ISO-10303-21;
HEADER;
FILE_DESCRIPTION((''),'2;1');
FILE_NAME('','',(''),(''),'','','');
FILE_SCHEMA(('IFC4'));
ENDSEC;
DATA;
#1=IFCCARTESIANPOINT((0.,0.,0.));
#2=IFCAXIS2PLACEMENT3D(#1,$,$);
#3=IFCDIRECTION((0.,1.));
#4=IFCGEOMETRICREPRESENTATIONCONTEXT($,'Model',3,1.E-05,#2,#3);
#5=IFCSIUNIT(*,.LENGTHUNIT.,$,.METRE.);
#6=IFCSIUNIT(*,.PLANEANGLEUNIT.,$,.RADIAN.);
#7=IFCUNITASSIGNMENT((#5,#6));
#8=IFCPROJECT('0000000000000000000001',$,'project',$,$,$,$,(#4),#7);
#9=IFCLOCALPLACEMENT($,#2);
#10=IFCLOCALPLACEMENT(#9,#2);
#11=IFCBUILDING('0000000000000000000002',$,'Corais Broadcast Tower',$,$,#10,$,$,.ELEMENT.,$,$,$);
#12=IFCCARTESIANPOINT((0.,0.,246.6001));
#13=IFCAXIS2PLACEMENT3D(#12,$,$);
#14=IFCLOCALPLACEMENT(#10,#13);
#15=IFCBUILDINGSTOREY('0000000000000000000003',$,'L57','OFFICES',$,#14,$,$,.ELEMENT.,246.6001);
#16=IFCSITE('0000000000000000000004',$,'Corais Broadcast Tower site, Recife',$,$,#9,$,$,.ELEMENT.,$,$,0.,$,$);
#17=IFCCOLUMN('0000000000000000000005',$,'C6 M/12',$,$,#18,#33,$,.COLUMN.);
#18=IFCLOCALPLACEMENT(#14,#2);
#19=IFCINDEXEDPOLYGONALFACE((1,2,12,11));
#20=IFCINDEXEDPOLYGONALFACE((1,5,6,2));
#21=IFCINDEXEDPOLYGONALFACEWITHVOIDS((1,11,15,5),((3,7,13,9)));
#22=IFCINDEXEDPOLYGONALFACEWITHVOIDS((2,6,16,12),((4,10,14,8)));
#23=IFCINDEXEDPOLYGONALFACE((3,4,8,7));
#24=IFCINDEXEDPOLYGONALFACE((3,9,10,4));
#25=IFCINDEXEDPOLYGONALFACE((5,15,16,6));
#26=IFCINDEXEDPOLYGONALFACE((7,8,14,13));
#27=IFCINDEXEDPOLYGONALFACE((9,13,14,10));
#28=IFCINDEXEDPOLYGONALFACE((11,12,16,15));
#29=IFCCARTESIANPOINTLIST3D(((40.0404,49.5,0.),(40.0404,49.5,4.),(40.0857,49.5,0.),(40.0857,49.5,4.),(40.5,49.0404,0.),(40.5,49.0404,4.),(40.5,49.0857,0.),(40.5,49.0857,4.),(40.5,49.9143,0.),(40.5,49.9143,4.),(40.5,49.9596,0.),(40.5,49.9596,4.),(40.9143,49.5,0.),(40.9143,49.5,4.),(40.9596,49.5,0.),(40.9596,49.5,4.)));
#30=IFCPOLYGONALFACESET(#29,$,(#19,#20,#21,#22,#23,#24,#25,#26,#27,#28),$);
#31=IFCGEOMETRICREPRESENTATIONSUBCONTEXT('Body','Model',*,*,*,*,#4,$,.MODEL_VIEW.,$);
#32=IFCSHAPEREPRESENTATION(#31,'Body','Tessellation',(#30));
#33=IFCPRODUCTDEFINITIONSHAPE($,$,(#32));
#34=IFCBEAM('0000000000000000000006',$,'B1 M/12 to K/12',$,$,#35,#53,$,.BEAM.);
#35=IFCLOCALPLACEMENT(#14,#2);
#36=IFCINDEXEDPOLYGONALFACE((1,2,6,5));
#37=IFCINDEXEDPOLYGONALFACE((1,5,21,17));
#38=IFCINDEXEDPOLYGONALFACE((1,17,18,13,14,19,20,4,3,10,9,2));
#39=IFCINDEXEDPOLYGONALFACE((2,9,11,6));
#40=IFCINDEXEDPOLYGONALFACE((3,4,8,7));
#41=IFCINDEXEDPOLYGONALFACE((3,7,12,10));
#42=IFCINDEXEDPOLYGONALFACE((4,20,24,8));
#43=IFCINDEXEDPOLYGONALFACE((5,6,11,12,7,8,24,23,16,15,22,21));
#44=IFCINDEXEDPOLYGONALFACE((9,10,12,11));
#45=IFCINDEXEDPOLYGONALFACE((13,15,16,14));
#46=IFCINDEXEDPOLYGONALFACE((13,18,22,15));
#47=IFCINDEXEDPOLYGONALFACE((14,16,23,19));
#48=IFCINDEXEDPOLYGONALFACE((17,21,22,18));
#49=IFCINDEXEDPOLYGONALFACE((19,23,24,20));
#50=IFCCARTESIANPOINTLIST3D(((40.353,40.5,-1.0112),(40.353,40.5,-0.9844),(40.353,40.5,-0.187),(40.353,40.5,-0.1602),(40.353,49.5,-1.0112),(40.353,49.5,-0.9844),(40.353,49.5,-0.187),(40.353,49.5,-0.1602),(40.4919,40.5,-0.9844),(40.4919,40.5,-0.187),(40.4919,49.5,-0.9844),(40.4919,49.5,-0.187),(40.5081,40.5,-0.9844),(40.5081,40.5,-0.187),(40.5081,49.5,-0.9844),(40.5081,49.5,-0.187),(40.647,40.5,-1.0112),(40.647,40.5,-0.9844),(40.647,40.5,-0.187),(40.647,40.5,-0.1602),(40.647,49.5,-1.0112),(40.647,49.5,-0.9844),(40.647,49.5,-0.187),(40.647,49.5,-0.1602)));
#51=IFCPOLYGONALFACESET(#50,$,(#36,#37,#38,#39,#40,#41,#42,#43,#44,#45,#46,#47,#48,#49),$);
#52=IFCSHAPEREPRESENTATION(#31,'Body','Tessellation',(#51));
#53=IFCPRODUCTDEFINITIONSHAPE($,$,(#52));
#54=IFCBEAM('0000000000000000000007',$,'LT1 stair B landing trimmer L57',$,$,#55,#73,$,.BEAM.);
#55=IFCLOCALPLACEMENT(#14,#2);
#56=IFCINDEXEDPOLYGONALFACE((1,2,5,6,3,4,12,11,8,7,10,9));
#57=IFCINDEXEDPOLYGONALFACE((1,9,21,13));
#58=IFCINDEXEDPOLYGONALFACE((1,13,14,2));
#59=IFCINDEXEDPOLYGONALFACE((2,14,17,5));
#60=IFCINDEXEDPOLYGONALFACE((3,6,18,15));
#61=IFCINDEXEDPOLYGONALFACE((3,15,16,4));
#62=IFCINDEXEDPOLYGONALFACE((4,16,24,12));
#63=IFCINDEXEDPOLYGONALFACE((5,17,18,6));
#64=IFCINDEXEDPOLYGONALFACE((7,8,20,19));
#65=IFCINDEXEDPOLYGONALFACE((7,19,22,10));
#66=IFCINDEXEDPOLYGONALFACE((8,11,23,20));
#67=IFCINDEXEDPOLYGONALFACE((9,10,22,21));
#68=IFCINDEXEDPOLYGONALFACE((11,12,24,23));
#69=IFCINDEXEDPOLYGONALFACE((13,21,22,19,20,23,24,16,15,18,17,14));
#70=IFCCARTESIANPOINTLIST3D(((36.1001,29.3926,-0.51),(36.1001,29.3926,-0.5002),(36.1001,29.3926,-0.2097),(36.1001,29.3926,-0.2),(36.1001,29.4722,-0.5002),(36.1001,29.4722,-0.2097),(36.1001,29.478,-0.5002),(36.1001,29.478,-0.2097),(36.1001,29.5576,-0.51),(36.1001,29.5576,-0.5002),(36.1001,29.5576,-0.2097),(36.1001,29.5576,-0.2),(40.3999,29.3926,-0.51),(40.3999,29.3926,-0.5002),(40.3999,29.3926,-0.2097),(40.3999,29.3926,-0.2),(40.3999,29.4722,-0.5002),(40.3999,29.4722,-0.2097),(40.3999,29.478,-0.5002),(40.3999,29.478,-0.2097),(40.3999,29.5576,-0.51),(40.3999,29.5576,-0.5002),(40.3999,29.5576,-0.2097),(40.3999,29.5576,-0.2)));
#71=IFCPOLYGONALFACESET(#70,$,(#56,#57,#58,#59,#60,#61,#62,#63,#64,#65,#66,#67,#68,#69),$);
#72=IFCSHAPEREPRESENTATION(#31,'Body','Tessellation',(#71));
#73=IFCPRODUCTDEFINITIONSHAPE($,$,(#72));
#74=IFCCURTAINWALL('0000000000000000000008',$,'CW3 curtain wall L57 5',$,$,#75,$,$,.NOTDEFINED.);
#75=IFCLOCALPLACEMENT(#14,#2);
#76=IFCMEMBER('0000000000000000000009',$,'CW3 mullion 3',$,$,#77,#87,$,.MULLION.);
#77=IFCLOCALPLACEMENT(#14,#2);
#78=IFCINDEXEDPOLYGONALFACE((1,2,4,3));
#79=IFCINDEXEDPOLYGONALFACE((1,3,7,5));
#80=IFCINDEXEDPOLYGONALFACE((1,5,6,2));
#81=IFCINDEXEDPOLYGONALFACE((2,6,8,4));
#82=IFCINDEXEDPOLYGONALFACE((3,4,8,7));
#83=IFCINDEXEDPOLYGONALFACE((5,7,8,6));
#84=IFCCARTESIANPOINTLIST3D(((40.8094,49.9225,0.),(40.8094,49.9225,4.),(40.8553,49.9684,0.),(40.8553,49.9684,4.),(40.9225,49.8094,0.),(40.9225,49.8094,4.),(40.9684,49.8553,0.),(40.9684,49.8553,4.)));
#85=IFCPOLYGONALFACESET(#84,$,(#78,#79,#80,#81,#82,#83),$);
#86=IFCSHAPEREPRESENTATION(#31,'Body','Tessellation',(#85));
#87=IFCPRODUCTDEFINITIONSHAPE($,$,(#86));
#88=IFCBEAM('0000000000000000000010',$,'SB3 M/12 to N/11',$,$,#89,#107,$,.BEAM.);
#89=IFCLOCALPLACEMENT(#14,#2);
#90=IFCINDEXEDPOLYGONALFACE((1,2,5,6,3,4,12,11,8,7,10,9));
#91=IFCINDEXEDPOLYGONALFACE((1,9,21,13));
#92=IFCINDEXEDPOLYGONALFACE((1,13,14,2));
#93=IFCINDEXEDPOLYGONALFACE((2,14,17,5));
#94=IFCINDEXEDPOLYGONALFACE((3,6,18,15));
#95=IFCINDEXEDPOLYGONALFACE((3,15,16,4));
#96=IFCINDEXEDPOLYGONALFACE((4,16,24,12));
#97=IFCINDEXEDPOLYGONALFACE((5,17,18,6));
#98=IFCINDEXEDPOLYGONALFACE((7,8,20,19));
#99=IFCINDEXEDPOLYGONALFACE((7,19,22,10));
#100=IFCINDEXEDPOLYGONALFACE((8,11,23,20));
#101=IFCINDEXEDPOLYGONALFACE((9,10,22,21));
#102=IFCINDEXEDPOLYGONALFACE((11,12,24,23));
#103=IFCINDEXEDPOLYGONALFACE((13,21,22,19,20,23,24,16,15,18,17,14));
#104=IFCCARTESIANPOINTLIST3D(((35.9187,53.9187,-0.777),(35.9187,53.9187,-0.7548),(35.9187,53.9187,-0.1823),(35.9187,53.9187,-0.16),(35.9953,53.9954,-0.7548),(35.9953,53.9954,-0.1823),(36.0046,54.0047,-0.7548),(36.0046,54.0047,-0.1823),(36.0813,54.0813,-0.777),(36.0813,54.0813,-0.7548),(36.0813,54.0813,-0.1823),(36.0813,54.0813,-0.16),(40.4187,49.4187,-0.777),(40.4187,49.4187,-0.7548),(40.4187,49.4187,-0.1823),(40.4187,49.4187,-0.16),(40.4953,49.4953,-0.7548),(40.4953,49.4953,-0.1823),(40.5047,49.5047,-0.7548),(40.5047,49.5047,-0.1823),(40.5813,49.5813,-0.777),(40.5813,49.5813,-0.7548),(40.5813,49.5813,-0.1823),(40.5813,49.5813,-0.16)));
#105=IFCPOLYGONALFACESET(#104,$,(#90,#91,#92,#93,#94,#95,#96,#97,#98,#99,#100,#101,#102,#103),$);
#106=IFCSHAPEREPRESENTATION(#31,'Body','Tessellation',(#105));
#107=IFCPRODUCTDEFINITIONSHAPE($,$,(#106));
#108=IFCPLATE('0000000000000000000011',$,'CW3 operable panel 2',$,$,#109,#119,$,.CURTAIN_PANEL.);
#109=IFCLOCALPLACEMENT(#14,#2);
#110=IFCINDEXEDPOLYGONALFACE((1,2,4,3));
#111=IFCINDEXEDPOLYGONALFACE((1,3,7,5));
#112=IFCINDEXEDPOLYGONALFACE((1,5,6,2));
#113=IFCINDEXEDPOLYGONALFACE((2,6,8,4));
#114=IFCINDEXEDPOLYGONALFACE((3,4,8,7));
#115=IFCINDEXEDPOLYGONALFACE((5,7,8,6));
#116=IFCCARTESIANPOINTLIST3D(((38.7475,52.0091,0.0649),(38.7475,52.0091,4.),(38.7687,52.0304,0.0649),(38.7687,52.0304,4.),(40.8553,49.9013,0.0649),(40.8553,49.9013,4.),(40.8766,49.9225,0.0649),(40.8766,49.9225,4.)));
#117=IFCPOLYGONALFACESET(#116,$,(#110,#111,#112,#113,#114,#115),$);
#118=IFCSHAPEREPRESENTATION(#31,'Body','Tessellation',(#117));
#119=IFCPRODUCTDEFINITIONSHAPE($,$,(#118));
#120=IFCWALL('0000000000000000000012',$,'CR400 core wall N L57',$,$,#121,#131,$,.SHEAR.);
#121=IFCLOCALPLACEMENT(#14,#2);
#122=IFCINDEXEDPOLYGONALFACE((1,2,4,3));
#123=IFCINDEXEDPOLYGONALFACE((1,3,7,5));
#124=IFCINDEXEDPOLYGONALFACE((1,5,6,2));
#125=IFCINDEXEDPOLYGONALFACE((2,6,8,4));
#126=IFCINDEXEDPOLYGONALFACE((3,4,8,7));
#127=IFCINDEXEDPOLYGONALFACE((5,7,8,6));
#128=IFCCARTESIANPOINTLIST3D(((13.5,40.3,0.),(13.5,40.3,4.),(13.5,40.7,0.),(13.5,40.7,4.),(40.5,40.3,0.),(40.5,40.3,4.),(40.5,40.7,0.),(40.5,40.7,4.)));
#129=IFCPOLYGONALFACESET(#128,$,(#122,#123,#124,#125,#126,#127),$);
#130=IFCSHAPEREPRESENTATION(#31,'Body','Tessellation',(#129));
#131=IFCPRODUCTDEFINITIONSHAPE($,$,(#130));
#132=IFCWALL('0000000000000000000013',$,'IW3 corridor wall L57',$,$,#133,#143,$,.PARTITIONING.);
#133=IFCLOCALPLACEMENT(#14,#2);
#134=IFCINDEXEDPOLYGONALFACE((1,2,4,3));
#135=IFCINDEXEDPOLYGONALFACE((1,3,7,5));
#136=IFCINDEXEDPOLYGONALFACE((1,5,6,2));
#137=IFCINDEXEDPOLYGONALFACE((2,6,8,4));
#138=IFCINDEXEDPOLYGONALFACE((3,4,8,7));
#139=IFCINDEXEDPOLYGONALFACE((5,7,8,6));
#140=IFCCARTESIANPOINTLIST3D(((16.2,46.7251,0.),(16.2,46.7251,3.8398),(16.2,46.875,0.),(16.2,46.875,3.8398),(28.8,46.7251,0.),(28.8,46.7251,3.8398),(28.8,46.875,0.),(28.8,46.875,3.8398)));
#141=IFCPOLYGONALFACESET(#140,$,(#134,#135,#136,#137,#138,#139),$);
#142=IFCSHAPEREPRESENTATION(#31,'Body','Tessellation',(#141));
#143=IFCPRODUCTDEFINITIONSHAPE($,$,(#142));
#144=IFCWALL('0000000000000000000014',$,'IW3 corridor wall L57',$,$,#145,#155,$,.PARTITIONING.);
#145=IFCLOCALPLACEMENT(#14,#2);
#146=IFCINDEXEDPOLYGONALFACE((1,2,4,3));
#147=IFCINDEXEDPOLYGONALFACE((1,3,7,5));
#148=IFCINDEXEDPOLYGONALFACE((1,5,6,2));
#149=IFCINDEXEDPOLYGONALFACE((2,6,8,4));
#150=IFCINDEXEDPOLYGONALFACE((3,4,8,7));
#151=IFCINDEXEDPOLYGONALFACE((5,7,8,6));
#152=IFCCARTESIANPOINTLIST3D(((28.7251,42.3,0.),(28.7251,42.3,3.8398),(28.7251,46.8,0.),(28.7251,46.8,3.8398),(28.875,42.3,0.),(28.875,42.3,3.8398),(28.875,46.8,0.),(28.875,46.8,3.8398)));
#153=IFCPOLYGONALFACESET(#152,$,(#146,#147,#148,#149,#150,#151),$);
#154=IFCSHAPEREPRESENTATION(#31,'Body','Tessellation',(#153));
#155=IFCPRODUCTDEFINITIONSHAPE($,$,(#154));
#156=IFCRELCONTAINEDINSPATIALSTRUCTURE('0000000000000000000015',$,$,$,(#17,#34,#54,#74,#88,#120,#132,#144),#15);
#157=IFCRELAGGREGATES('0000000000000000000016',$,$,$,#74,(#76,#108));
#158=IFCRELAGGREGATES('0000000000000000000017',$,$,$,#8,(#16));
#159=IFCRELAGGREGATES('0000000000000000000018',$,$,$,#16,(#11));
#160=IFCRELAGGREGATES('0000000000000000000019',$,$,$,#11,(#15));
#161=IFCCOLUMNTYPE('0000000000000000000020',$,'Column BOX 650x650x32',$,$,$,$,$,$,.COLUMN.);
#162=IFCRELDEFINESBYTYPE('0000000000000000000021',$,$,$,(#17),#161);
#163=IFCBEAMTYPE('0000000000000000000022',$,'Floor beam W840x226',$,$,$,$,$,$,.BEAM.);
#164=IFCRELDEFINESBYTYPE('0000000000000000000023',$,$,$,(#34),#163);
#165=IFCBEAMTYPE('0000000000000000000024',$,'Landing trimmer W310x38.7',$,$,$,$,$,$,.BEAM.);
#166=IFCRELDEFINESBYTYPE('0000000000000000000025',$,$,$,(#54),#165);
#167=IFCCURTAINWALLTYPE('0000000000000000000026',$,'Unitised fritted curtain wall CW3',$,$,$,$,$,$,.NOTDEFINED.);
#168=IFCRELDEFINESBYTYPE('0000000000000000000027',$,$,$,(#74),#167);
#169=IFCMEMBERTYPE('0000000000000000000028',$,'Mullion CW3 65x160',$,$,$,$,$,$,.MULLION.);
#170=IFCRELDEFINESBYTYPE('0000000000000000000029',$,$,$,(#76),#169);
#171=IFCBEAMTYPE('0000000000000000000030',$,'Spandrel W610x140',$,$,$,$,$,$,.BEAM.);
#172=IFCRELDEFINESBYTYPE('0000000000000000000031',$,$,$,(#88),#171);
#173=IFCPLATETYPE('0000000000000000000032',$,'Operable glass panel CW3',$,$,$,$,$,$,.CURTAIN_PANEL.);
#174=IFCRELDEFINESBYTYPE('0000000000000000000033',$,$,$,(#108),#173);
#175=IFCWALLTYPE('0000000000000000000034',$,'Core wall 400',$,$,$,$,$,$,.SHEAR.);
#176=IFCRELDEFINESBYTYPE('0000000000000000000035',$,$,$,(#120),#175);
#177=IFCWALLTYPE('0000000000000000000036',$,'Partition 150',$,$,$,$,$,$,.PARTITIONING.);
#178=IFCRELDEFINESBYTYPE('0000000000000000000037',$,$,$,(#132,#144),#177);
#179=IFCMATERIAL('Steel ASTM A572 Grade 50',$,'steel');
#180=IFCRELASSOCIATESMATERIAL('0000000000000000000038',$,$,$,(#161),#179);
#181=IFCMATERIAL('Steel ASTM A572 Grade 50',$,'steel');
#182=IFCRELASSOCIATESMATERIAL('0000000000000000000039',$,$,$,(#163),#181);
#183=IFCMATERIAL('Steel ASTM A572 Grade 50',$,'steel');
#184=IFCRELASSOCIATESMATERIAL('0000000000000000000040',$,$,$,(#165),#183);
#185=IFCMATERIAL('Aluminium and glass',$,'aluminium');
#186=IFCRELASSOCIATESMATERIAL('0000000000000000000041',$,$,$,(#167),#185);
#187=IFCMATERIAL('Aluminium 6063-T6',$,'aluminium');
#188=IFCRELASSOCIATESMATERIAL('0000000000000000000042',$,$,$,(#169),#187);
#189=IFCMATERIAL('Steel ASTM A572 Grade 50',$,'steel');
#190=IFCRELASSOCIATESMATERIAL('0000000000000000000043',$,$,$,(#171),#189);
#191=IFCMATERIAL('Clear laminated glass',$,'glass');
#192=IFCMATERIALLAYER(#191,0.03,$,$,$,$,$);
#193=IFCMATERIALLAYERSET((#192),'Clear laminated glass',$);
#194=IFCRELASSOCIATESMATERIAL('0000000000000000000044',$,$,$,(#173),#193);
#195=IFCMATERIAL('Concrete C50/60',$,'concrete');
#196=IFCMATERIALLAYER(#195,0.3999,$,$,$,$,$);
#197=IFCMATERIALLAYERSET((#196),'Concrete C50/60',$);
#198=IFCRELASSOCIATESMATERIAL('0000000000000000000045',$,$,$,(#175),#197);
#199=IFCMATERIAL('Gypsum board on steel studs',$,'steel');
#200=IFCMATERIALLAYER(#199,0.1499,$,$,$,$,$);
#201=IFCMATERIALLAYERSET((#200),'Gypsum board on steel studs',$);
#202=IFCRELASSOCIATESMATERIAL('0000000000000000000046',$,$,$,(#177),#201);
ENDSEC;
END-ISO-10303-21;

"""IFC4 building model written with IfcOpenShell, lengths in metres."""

from ifc_helpers import new_model, si_unit, direction, frame, frame_2d, origin, origin_2d, place, context, subcontext, project, spatial, rectangle, hollow_rectangle, i_section, extrude, material, layer, layer_set, material_profile, profile_set, type_object, element, aggregate, save


model = new_model("IFC4")

# Units and contexts
model_context = context("Model", 3, precision=1e-05, world=origin(), true_north=direction((0.0, 1.0)))
body_context = subcontext(model_context, "Body", "Model", "MODEL_VIEW")
ifc_project = project(units=[si_unit("LENGTHUNIT", "METRE"), si_unit("PLANEANGLEUNIT", "RADIAN")], contexts=[model_context])

# Site, building, storey
site_placement = place(None, origin())
site = spatial("IfcSite", under=ifc_project, at=site_placement, Name="Corais Broadcast Tower site, Recife", CompositionType="ELEMENT", RefElevation=0.0)
building_placement = place(site_placement, origin())
building = spatial("IfcBuilding", under=site, at=building_placement, Name="Corais Broadcast Tower", CompositionType="ELEMENT")
storey_placement = place(building_placement, frame((0.0, 0.0, 246.6001)))
storey = spatial("IfcBuildingStorey", under=building, at=storey_placement, Name="L57", Description="OFFICES", CompositionType="ELEMENT", Elevation=246.6001)

# Column
ifc_material_1 = material(Name="Steel ASTM A572 Grade 50", Category="steel")
ifc_material_profile_1 = material_profile(ifc_material_1, hollow_rectangle(XDim=0.6499, YDim=0.6499, WallThickness=0.032, at=origin_2d()), Name="BOX 650x650x32")
ifc_profile_set_1 = profile_set([ifc_material_profile_1], Name="Steel ASTM A572 Grade 50")
column_type = type_object("IfcColumnType", Name="Column BOX 650x650x32", PredefinedType="COLUMN", material=ifc_profile_set_1)
column_placement = place(storey_placement, frame((40.5, 49.5, 0.0), z_axis=(0.0, 0.0, 1.0), x_axis=(0.707107, 0.707107, 0.0)))
element("IfcColumn", 1, at=column_placement, inside=storey, type_object=column_type, Name="C6 M/12", PredefinedType="COLUMN", context=body_context, shape_type="SweptSolid", body=[
    extrude(hollow_rectangle(XDim=0.6499, YDim=0.6499, WallThickness=0.032, at=origin_2d()), origin(), (0.0, 0.0, 1.0), 4.0),
])

# Beams
ifc_material_2 = material(Name="Steel ASTM A572 Grade 50", Category="steel")
ifc_material_profile_2 = material_profile(ifc_material_2, i_section(OverallWidth=0.2939, OverallDepth=0.8511, WebThickness=0.0161, FlangeThickness=0.0269, at=origin_2d()), Name="W840x226")
ifc_profile_set_2 = profile_set([ifc_material_profile_2], Name="Steel ASTM A572 Grade 50")
beam_type_1 = type_object("IfcBeamType", Name="Floor beam W840x226", PredefinedType="BEAM", material=ifc_profile_set_2)
beam_1_placement = place(storey_placement, frame((40.5, 49.5, -0.5857), z_axis=(0.0, -1.0, 0.0), x_axis=(1.0, 0.0, 0.0)))
element("IfcBeam", 2, at=beam_1_placement, inside=storey, type_object=beam_type_1, Name="B1 M/12 to K/12", PredefinedType="BEAM", context=body_context, shape_type="SweptSolid", body=[
    extrude(i_section(OverallWidth=0.2939, OverallDepth=0.8511, WebThickness=0.0161, FlangeThickness=0.0269, at=origin_2d()), origin(), (0.0, 0.0, 1.0), 9.0),
])
ifc_material_3 = material(Name="Steel ASTM A572 Grade 50", Category="steel")
ifc_material_profile_3 = material_profile(ifc_material_3, i_section(OverallWidth=0.165, OverallDepth=0.3101, WebThickness=0.0059, FlangeThickness=0.0098, at=origin_2d()), Name="W310x38.7")
ifc_profile_set_3 = profile_set([ifc_material_profile_3], Name="Steel ASTM A572 Grade 50")
beam_type_2 = type_object("IfcBeamType", Name="Landing trimmer W310x38.7", PredefinedType="BEAM", material=ifc_profile_set_3)
beam_2_placement = place(storey_placement, frame((36.1001, 29.4751, -0.355), z_axis=(1.0, 0.0, 0.0), x_axis=(0.0, 1.0, 0.0)))
element("IfcBeam", 3, at=beam_2_placement, inside=storey, type_object=beam_type_2, Name="LT1 stair B landing trimmer L57", PredefinedType="BEAM", context=body_context, shape_type="SweptSolid", body=[
    extrude(i_section(OverallWidth=0.165, OverallDepth=0.3101, WebThickness=0.0059, FlangeThickness=0.0098, at=origin_2d()), origin(), (0.0, 0.0, 1.0), 4.2998),
])

# Curtain wall, member
ifc_material_4 = material(Name="Aluminium and glass", Category="aluminium")
curtain_wall_type = type_object("IfcCurtainWallType", Name="Unitised fritted curtain wall CW3", PredefinedType="NOTDEFINED", material=ifc_material_4)
curtain_wall_placement = place(storey_placement, origin())
curtain_wall = element("IfcCurtainWall", 4, at=curtain_wall_placement, inside=storey, type_object=curtain_wall_type, Name="CW3 curtain wall L57 5", PredefinedType="NOTDEFINED")
ifc_material_5 = material(Name="Aluminium 6063-T6", Category="aluminium")
ifc_material_profile_4 = material_profile(ifc_material_5, rectangle(XDim=0.0649, YDim=0.1599, at=origin_2d()), Name="Mullion CW3 65x160")
ifc_profile_set_4 = profile_set([ifc_material_profile_4], Name="Aluminium 6063-T6")
member_type = type_object("IfcMemberType", Name="Mullion CW3 65x160", PredefinedType="MULLION", material=ifc_profile_set_4)
member_placement = place(storey_placement, frame((40.8889, 49.8889, 0.0), z_axis=(0.0, 0.0, 1.0), x_axis=(0.707107, 0.707107, 0.0)))
member = element("IfcMember", 5, at=member_placement, type_object=member_type, Name="CW3 mullion 3", PredefinedType="MULLION", context=body_context, shape_type="SweptSolid", body=[
    extrude(rectangle(XDim=0.0649, YDim=0.1599, at=origin_2d()), origin(), (0.0, 0.0, 1.0), 4.0),
])

# Beam
ifc_material_6 = material(Name="Steel ASTM A572 Grade 50", Category="steel")
ifc_material_profile_5 = material_profile(ifc_material_6, i_section(OverallWidth=0.23, OverallDepth=0.6169, WebThickness=0.0132, FlangeThickness=0.0222, at=origin_2d()), Name="W610x140")
ifc_profile_set_5 = profile_set([ifc_material_profile_5], Name="Steel ASTM A572 Grade 50")
beam_type_3 = type_object("IfcBeamType", Name="Spandrel W610x140", PredefinedType="BEAM", material=ifc_profile_set_5)
beam_3_placement = place(storey_placement, frame((40.5, 49.5, -0.4685), z_axis=(-0.707107, 0.707107, 0.0), x_axis=(-0.707107, -0.707107, 0.0)))
element("IfcBeam", 6, at=beam_3_placement, inside=storey, type_object=beam_type_3, Name="SB3 M/12 to N/11", PredefinedType="BEAM", context=body_context, shape_type="SweptSolid", body=[
    extrude(i_section(OverallWidth=0.23, OverallDepth=0.6169, WebThickness=0.0132, FlangeThickness=0.0222, at=origin_2d()), origin(), (0.0, 0.0, 1.0), 6.364),
])

# Plate
ifc_material_7 = material(Name="Clear laminated glass", Category="glass")
ifc_layer_1 = layer(ifc_material_7, 0.03)
ifc_layer_set_1 = layer_set([ifc_layer_1], Name="Clear laminated glass")
plate_type = type_object("IfcPlateType", Name="Operable glass panel CW3", PredefinedType="CURTAIN_PANEL", material=ifc_layer_set_1)
plate_placement = place(storey_placement, frame((39.812, 50.9658, 0.0649), z_axis=(0.0, 0.0, 1.0), x_axis=(0.707107, -0.707107, 0.0)))
plate = element("IfcPlate", 7, at=plate_placement, type_object=plate_type, Name="CW3 operable panel 2", PredefinedType="CURTAIN_PANEL", context=body_context, shape_type="SweptSolid", body=[
    extrude(rectangle(XDim=2.981, YDim=0.03, at=origin_2d()), origin(), (0.0, 0.0, 1.0), 3.9351),
])
aggregate(curtain_wall, [member, plate])

# Walls
ifc_material_8 = material(Name="Concrete C50/60", Category="concrete")
ifc_layer_2 = layer(ifc_material_8, 0.3999)
ifc_layer_set_2 = layer_set([ifc_layer_2], Name="Concrete C50/60")
wall_type_1 = type_object("IfcWallType", Name="Core wall 400", PredefinedType="SHEAR", material=ifc_layer_set_2)
wall_1_placement = place(storey_placement, frame((40.5, 40.5, 0.0), z_axis=(0.0, 0.0, 1.0), x_axis=(-1.0, 0.0, 0.0)))
element("IfcWall", 8, at=wall_1_placement, inside=storey, type_object=wall_type_1, Name="CR400 core wall N L57", PredefinedType="SHEAR", context=body_context, shape_type="SweptSolid", body=[
    extrude(rectangle(XDim=27.0, YDim=0.3999, at=frame_2d((13.5, 0.0))), origin(), (0.0, 0.0, 1.0), 4.0),
])
ifc_material_9 = material(Name="Gypsum board on steel studs", Category="steel")
ifc_layer_3 = layer(ifc_material_9, 0.1499)
ifc_layer_set_3 = layer_set([ifc_layer_3], Name="Gypsum board on steel studs")
wall_type_2 = type_object("IfcWallType", Name="Partition 150", PredefinedType="PARTITIONING", material=ifc_layer_set_3)
wall_2_placement = place(storey_placement, frame((28.8, 46.8, 0.0), z_axis=(0.0, 0.0, 1.0), x_axis=(-1.0, 0.0, 0.0)))
element("IfcWall", 9, at=wall_2_placement, inside=storey, type_object=wall_type_2, Name="IW3 corridor wall L57", PredefinedType="PARTITIONING", context=body_context, shape_type="SweptSolid", body=[
    extrude(rectangle(XDim=12.6001, YDim=0.1499, at=frame_2d((6.3, 0.0))), origin(), (0.0, 0.0, 1.0), 3.8398),
])
wall_3_placement = place(storey_placement, frame((28.8, 42.3, 0.0), z_axis=(0.0, 0.0, 1.0), x_axis=(0.0, 1.0, 0.0)))
element("IfcWall", 10, at=wall_3_placement, inside=storey, type_object=wall_type_2, Name="IW3 corridor wall L57", PredefinedType="PARTITIONING", context=body_context, shape_type="SweptSolid", body=[
    extrude(rectangle(XDim=4.5, YDim=0.1499, at=frame_2d((2.25, 0.0))), origin(), (0.0, 0.0, 1.0), 3.8398),
])

save(model, "model.ifc")
